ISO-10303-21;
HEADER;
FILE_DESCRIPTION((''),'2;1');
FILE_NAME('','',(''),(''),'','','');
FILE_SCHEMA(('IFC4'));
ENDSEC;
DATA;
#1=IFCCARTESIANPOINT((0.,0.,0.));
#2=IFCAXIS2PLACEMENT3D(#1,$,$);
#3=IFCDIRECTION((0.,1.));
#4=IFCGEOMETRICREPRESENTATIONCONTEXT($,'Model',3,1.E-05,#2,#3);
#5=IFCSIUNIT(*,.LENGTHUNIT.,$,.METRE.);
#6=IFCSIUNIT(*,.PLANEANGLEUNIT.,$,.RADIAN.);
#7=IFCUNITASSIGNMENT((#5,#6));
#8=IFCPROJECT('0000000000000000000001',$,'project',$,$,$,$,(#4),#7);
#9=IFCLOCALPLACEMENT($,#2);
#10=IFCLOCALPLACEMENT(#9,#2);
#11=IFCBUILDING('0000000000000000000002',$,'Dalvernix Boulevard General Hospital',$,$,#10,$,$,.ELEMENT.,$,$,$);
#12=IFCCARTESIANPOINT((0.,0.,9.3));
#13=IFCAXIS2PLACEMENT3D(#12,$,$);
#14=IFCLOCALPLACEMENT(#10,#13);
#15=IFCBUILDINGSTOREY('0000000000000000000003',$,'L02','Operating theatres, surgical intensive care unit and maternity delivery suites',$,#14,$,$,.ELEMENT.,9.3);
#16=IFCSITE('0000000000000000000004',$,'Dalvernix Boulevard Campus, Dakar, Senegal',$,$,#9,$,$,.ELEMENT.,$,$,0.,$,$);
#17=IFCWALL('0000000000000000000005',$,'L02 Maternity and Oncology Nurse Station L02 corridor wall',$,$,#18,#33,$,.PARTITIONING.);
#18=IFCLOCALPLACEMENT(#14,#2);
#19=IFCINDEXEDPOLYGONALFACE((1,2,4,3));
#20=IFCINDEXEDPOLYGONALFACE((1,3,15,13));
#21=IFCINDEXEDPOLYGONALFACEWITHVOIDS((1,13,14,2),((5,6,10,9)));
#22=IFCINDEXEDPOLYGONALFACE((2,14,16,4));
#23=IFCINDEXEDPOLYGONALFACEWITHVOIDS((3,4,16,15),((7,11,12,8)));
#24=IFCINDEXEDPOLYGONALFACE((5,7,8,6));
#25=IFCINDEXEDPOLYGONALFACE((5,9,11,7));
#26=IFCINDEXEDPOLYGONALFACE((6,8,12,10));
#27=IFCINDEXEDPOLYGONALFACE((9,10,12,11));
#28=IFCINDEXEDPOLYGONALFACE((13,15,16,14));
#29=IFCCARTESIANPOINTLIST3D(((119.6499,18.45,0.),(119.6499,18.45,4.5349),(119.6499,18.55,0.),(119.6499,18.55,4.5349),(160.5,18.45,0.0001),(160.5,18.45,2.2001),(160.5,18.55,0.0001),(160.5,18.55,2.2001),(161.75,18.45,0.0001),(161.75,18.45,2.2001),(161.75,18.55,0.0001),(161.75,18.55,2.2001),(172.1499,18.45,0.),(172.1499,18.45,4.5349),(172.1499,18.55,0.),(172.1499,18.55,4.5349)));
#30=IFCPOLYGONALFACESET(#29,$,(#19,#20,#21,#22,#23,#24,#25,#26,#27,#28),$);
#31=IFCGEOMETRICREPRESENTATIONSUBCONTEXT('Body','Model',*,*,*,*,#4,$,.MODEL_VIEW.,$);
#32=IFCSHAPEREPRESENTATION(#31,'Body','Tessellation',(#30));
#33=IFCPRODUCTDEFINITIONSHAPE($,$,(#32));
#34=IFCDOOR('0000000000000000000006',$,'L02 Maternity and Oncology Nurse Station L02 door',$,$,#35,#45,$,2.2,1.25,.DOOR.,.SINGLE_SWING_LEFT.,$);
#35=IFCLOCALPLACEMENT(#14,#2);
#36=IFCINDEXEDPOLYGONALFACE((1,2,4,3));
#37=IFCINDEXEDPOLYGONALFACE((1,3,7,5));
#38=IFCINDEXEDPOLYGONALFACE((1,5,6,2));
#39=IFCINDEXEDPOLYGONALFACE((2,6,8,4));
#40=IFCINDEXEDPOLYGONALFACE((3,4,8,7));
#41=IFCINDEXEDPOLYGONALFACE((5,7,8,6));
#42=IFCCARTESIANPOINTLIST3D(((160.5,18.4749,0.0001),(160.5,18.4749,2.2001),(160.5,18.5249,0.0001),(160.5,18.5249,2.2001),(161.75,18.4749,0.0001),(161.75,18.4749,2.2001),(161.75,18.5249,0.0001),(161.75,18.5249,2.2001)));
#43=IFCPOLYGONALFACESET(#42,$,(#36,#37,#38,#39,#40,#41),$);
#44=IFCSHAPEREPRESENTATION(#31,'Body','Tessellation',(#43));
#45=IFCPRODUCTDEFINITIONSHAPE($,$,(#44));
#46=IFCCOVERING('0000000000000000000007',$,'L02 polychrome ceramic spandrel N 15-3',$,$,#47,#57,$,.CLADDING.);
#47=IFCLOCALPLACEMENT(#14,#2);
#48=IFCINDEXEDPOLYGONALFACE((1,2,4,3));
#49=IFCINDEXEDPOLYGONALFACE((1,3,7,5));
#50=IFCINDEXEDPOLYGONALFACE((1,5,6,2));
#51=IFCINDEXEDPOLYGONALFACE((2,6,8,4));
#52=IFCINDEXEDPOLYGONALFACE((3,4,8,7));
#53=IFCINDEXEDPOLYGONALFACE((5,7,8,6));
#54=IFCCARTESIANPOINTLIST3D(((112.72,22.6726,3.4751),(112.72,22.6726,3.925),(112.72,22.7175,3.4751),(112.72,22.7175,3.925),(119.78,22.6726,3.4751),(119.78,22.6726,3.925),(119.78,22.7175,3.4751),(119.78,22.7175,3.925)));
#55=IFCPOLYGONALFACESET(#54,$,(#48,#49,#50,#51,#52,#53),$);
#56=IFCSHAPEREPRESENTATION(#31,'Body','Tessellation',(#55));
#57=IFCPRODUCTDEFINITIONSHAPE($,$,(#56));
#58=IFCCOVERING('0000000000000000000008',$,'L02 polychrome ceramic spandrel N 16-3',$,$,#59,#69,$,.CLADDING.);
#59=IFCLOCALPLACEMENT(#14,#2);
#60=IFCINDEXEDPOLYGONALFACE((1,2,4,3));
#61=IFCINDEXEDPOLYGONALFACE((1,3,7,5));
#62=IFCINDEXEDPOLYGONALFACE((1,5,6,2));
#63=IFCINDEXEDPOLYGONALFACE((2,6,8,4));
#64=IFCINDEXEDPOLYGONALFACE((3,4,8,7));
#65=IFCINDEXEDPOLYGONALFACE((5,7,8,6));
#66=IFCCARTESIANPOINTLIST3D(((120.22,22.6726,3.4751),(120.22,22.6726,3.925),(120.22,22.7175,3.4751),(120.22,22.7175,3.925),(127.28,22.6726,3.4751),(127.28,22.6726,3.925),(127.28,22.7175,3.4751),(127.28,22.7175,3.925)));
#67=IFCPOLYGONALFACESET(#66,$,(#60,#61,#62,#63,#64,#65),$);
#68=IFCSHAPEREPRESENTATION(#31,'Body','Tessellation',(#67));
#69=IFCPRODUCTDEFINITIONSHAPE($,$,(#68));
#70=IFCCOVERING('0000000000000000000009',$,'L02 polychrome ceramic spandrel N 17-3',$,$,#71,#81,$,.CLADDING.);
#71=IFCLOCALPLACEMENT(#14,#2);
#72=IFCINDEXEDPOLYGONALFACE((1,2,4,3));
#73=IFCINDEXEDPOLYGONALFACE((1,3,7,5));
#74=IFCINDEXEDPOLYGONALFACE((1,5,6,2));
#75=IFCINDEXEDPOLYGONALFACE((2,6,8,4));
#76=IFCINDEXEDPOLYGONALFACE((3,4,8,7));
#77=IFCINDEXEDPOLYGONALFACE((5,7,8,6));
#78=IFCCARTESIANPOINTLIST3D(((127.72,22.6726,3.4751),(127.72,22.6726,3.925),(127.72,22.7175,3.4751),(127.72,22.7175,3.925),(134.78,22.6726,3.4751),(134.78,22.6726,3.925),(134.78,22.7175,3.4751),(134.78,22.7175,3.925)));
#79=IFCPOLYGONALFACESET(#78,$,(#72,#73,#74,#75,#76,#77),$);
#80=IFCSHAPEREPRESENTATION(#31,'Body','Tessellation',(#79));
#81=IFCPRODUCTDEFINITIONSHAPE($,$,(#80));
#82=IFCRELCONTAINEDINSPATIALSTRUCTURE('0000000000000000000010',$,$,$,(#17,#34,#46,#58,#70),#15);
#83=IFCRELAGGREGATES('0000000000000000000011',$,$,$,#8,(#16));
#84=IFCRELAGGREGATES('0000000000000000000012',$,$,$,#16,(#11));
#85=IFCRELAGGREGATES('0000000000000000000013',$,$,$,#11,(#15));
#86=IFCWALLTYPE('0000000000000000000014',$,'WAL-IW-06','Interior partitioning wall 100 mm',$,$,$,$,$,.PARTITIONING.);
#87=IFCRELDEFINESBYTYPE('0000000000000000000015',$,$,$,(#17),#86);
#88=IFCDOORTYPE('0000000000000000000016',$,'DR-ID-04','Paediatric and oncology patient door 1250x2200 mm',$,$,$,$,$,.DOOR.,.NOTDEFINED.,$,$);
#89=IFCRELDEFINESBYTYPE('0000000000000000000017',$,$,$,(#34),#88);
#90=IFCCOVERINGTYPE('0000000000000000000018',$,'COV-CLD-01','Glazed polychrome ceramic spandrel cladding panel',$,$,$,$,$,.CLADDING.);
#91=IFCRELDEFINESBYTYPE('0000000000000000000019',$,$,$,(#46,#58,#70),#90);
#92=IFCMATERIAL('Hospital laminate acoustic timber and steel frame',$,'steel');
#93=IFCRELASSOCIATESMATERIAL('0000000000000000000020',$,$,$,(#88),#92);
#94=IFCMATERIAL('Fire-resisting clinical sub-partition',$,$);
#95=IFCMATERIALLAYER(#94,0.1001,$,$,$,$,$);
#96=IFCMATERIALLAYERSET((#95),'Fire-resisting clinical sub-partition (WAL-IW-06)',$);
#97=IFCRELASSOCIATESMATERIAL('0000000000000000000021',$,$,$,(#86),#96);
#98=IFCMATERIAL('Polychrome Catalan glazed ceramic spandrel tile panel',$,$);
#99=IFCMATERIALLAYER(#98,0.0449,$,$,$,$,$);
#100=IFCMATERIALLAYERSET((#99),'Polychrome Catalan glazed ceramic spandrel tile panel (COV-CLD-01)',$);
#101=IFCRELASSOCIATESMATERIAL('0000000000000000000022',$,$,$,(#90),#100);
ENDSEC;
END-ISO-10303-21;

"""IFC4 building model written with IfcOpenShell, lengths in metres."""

from ifc_helpers import new_model, si_unit, direction, frame, frame_2d, origin, origin_2d, place, context, subcontext, project, spatial, rectangle, extrude, material, layer, layer_set, type_object, element, fill, save


model = new_model("IFC4")

# Units and contexts
model_context = context("Model", 3, precision=1e-05, world=origin(), true_north=direction((0.0, 1.0)))
body_context = subcontext(model_context, "Body", "Model", "MODEL_VIEW")
ifc_project = project(units=[si_unit("LENGTHUNIT", "METRE"), si_unit("PLANEANGLEUNIT", "RADIAN")], contexts=[model_context])

# Site, building, storey
site_placement = place(None, origin())
site = spatial("IfcSite", under=ifc_project, at=site_placement, Name="Dalvernix Boulevard Campus, Dakar, Senegal", CompositionType="ELEMENT", RefElevation=0.0)
building_placement = place(site_placement, origin())
building = spatial("IfcBuilding", under=site, at=building_placement, Name="Dalvernix Boulevard General Hospital", CompositionType="ELEMENT")
storey_placement = place(building_placement, frame((0.0, 0.0, 9.3)))
storey = spatial("IfcBuildingStorey", under=building, at=storey_placement, Name="L02", Description="Operating theatres, surgical intensive care unit and maternity delivery suites", CompositionType="ELEMENT", Elevation=9.3)

# Shared definitions
ifc_material_1 = material(Name="Hospital laminate acoustic timber and steel frame", Category="steel")
door_type_1 = type_object("IfcDoorType", Name="DR-ID-04", Description="Paediatric and oncology patient door 1250x2200 mm", OperationType="NOTDEFINED", PredefinedType="DOOR", material=ifc_material_1)

# Wall, opening, door
ifc_material_2 = material(Name="Fire-resisting clinical sub-partition")
ifc_layer_1 = layer(ifc_material_2, 0.1001)
ifc_layer_set_1 = layer_set([ifc_layer_1], Name="Fire-resisting clinical sub-partition (WAL-IW-06)")
wall_type_1 = type_object("IfcWallType", Name="WAL-IW-06", Description="Interior partitioning wall 100 mm", PredefinedType="PARTITIONING", material=ifc_layer_set_1)
wall_1_placement = place(storey_placement, frame((119.6499, 18.5, 0.0), z_axis=(0.0, 0.0, 1.0), x_axis=(1.0, 0.0, 0.0)))
wall_1 = element("IfcWall", 1, at=wall_1_placement, inside=storey, type_object=wall_type_1, Name="L02 Maternity and Oncology Nurse Station L02 corridor wall", PredefinedType="PARTITIONING", context=body_context, shape_type="SweptSolid", body=[
    extrude(rectangle(XDim=52.5, YDim=0.1001, at=frame_2d((26.25, 0.0))), origin(), (0.0, 0.0, 1.0), 4.5349),
])
opening_1_placement = place(wall_1_placement, frame((40.8501, 0.0, 0.0)))
opening_1 = element("IfcOpeningElement", 2, at=opening_1_placement, cuts=wall_1, PredefinedType="OPENING", context=body_context, shape_type="SweptSolid", body=[
    extrude(rectangle(XDim=1.25, YDim=2.2, at=frame_2d((0.625, 1.1001))), frame((0.0, 0.0601, 0.0), z_axis=(0.0, -1.0, 0.0), x_axis=(1.0, 0.0, 0.0)), (0.0, 0.0, 1.0), 0.1201),
])
door_1_placement = place(opening_1_placement, origin())
door_1 = element("IfcDoor", 3, at=door_1_placement, inside=storey, type_object=door_type_1, Name="L02 Maternity and Oncology Nurse Station L02 door", OperationType="SINGLE_SWING_LEFT", OverallHeight=2.2, OverallWidth=1.25, PredefinedType="DOOR", context=body_context, shape_type="SweptSolid", body=[
    extrude(rectangle(XDim=1.25, YDim=2.2, at=frame_2d((0.625, 1.1001))), frame((0.0, 0.0249, 0.0), z_axis=(0.0, -1.0, 0.0), x_axis=(1.0, 0.0, 0.0)), (0.0, 0.0, 1.0), 0.05),
])
fill(opening_1, door_1)

# Coverings
ifc_material_3 = material(Name="Polychrome Catalan glazed ceramic spandrel tile panel")
ifc_layer_2 = layer(ifc_material_3, 0.0449)
ifc_layer_set_2 = layer_set([ifc_layer_2], Name="Polychrome Catalan glazed ceramic spandrel tile panel (COV-CLD-01)")
covering_type = type_object("IfcCoveringType", Name="COV-CLD-01", Description="Glazed polychrome ceramic spandrel cladding panel", PredefinedType="CLADDING", material=ifc_layer_set_2)
for number, where, z_axis, x_axis, name in (
    (4, (116.25, 22.6951, 3.4751), (0.0, 0.0, 1.0), (1.0, 0.0, 0.0), "L02 polychrome ceramic spandrel N 15-3"),
    (5, (123.75, 22.6951, 3.4751), (0.0, 0.0, 1.0), (1.0, 0.0, 0.0), "L02 polychrome ceramic spandrel N 16-3"),
    (6, (131.25, 22.6951, 3.4751), (0.0, 0.0, 1.0), (1.0, 0.0, 0.0), "L02 polychrome ceramic spandrel N 17-3"),
):
    element("IfcCovering", number, at=place(storey_placement, frame(where, z_axis=z_axis, x_axis=x_axis)), inside=storey, type_object=covering_type, Name=name, PredefinedType="CLADDING", context=body_context, shape_type="SweptSolid", body=[
        extrude(rectangle(XDim=7.0601, YDim=0.0449, at=origin_2d()), origin(), (0.0, 0.0, 1.0), 0.45),
    ])

save(model, "model.ifc")
